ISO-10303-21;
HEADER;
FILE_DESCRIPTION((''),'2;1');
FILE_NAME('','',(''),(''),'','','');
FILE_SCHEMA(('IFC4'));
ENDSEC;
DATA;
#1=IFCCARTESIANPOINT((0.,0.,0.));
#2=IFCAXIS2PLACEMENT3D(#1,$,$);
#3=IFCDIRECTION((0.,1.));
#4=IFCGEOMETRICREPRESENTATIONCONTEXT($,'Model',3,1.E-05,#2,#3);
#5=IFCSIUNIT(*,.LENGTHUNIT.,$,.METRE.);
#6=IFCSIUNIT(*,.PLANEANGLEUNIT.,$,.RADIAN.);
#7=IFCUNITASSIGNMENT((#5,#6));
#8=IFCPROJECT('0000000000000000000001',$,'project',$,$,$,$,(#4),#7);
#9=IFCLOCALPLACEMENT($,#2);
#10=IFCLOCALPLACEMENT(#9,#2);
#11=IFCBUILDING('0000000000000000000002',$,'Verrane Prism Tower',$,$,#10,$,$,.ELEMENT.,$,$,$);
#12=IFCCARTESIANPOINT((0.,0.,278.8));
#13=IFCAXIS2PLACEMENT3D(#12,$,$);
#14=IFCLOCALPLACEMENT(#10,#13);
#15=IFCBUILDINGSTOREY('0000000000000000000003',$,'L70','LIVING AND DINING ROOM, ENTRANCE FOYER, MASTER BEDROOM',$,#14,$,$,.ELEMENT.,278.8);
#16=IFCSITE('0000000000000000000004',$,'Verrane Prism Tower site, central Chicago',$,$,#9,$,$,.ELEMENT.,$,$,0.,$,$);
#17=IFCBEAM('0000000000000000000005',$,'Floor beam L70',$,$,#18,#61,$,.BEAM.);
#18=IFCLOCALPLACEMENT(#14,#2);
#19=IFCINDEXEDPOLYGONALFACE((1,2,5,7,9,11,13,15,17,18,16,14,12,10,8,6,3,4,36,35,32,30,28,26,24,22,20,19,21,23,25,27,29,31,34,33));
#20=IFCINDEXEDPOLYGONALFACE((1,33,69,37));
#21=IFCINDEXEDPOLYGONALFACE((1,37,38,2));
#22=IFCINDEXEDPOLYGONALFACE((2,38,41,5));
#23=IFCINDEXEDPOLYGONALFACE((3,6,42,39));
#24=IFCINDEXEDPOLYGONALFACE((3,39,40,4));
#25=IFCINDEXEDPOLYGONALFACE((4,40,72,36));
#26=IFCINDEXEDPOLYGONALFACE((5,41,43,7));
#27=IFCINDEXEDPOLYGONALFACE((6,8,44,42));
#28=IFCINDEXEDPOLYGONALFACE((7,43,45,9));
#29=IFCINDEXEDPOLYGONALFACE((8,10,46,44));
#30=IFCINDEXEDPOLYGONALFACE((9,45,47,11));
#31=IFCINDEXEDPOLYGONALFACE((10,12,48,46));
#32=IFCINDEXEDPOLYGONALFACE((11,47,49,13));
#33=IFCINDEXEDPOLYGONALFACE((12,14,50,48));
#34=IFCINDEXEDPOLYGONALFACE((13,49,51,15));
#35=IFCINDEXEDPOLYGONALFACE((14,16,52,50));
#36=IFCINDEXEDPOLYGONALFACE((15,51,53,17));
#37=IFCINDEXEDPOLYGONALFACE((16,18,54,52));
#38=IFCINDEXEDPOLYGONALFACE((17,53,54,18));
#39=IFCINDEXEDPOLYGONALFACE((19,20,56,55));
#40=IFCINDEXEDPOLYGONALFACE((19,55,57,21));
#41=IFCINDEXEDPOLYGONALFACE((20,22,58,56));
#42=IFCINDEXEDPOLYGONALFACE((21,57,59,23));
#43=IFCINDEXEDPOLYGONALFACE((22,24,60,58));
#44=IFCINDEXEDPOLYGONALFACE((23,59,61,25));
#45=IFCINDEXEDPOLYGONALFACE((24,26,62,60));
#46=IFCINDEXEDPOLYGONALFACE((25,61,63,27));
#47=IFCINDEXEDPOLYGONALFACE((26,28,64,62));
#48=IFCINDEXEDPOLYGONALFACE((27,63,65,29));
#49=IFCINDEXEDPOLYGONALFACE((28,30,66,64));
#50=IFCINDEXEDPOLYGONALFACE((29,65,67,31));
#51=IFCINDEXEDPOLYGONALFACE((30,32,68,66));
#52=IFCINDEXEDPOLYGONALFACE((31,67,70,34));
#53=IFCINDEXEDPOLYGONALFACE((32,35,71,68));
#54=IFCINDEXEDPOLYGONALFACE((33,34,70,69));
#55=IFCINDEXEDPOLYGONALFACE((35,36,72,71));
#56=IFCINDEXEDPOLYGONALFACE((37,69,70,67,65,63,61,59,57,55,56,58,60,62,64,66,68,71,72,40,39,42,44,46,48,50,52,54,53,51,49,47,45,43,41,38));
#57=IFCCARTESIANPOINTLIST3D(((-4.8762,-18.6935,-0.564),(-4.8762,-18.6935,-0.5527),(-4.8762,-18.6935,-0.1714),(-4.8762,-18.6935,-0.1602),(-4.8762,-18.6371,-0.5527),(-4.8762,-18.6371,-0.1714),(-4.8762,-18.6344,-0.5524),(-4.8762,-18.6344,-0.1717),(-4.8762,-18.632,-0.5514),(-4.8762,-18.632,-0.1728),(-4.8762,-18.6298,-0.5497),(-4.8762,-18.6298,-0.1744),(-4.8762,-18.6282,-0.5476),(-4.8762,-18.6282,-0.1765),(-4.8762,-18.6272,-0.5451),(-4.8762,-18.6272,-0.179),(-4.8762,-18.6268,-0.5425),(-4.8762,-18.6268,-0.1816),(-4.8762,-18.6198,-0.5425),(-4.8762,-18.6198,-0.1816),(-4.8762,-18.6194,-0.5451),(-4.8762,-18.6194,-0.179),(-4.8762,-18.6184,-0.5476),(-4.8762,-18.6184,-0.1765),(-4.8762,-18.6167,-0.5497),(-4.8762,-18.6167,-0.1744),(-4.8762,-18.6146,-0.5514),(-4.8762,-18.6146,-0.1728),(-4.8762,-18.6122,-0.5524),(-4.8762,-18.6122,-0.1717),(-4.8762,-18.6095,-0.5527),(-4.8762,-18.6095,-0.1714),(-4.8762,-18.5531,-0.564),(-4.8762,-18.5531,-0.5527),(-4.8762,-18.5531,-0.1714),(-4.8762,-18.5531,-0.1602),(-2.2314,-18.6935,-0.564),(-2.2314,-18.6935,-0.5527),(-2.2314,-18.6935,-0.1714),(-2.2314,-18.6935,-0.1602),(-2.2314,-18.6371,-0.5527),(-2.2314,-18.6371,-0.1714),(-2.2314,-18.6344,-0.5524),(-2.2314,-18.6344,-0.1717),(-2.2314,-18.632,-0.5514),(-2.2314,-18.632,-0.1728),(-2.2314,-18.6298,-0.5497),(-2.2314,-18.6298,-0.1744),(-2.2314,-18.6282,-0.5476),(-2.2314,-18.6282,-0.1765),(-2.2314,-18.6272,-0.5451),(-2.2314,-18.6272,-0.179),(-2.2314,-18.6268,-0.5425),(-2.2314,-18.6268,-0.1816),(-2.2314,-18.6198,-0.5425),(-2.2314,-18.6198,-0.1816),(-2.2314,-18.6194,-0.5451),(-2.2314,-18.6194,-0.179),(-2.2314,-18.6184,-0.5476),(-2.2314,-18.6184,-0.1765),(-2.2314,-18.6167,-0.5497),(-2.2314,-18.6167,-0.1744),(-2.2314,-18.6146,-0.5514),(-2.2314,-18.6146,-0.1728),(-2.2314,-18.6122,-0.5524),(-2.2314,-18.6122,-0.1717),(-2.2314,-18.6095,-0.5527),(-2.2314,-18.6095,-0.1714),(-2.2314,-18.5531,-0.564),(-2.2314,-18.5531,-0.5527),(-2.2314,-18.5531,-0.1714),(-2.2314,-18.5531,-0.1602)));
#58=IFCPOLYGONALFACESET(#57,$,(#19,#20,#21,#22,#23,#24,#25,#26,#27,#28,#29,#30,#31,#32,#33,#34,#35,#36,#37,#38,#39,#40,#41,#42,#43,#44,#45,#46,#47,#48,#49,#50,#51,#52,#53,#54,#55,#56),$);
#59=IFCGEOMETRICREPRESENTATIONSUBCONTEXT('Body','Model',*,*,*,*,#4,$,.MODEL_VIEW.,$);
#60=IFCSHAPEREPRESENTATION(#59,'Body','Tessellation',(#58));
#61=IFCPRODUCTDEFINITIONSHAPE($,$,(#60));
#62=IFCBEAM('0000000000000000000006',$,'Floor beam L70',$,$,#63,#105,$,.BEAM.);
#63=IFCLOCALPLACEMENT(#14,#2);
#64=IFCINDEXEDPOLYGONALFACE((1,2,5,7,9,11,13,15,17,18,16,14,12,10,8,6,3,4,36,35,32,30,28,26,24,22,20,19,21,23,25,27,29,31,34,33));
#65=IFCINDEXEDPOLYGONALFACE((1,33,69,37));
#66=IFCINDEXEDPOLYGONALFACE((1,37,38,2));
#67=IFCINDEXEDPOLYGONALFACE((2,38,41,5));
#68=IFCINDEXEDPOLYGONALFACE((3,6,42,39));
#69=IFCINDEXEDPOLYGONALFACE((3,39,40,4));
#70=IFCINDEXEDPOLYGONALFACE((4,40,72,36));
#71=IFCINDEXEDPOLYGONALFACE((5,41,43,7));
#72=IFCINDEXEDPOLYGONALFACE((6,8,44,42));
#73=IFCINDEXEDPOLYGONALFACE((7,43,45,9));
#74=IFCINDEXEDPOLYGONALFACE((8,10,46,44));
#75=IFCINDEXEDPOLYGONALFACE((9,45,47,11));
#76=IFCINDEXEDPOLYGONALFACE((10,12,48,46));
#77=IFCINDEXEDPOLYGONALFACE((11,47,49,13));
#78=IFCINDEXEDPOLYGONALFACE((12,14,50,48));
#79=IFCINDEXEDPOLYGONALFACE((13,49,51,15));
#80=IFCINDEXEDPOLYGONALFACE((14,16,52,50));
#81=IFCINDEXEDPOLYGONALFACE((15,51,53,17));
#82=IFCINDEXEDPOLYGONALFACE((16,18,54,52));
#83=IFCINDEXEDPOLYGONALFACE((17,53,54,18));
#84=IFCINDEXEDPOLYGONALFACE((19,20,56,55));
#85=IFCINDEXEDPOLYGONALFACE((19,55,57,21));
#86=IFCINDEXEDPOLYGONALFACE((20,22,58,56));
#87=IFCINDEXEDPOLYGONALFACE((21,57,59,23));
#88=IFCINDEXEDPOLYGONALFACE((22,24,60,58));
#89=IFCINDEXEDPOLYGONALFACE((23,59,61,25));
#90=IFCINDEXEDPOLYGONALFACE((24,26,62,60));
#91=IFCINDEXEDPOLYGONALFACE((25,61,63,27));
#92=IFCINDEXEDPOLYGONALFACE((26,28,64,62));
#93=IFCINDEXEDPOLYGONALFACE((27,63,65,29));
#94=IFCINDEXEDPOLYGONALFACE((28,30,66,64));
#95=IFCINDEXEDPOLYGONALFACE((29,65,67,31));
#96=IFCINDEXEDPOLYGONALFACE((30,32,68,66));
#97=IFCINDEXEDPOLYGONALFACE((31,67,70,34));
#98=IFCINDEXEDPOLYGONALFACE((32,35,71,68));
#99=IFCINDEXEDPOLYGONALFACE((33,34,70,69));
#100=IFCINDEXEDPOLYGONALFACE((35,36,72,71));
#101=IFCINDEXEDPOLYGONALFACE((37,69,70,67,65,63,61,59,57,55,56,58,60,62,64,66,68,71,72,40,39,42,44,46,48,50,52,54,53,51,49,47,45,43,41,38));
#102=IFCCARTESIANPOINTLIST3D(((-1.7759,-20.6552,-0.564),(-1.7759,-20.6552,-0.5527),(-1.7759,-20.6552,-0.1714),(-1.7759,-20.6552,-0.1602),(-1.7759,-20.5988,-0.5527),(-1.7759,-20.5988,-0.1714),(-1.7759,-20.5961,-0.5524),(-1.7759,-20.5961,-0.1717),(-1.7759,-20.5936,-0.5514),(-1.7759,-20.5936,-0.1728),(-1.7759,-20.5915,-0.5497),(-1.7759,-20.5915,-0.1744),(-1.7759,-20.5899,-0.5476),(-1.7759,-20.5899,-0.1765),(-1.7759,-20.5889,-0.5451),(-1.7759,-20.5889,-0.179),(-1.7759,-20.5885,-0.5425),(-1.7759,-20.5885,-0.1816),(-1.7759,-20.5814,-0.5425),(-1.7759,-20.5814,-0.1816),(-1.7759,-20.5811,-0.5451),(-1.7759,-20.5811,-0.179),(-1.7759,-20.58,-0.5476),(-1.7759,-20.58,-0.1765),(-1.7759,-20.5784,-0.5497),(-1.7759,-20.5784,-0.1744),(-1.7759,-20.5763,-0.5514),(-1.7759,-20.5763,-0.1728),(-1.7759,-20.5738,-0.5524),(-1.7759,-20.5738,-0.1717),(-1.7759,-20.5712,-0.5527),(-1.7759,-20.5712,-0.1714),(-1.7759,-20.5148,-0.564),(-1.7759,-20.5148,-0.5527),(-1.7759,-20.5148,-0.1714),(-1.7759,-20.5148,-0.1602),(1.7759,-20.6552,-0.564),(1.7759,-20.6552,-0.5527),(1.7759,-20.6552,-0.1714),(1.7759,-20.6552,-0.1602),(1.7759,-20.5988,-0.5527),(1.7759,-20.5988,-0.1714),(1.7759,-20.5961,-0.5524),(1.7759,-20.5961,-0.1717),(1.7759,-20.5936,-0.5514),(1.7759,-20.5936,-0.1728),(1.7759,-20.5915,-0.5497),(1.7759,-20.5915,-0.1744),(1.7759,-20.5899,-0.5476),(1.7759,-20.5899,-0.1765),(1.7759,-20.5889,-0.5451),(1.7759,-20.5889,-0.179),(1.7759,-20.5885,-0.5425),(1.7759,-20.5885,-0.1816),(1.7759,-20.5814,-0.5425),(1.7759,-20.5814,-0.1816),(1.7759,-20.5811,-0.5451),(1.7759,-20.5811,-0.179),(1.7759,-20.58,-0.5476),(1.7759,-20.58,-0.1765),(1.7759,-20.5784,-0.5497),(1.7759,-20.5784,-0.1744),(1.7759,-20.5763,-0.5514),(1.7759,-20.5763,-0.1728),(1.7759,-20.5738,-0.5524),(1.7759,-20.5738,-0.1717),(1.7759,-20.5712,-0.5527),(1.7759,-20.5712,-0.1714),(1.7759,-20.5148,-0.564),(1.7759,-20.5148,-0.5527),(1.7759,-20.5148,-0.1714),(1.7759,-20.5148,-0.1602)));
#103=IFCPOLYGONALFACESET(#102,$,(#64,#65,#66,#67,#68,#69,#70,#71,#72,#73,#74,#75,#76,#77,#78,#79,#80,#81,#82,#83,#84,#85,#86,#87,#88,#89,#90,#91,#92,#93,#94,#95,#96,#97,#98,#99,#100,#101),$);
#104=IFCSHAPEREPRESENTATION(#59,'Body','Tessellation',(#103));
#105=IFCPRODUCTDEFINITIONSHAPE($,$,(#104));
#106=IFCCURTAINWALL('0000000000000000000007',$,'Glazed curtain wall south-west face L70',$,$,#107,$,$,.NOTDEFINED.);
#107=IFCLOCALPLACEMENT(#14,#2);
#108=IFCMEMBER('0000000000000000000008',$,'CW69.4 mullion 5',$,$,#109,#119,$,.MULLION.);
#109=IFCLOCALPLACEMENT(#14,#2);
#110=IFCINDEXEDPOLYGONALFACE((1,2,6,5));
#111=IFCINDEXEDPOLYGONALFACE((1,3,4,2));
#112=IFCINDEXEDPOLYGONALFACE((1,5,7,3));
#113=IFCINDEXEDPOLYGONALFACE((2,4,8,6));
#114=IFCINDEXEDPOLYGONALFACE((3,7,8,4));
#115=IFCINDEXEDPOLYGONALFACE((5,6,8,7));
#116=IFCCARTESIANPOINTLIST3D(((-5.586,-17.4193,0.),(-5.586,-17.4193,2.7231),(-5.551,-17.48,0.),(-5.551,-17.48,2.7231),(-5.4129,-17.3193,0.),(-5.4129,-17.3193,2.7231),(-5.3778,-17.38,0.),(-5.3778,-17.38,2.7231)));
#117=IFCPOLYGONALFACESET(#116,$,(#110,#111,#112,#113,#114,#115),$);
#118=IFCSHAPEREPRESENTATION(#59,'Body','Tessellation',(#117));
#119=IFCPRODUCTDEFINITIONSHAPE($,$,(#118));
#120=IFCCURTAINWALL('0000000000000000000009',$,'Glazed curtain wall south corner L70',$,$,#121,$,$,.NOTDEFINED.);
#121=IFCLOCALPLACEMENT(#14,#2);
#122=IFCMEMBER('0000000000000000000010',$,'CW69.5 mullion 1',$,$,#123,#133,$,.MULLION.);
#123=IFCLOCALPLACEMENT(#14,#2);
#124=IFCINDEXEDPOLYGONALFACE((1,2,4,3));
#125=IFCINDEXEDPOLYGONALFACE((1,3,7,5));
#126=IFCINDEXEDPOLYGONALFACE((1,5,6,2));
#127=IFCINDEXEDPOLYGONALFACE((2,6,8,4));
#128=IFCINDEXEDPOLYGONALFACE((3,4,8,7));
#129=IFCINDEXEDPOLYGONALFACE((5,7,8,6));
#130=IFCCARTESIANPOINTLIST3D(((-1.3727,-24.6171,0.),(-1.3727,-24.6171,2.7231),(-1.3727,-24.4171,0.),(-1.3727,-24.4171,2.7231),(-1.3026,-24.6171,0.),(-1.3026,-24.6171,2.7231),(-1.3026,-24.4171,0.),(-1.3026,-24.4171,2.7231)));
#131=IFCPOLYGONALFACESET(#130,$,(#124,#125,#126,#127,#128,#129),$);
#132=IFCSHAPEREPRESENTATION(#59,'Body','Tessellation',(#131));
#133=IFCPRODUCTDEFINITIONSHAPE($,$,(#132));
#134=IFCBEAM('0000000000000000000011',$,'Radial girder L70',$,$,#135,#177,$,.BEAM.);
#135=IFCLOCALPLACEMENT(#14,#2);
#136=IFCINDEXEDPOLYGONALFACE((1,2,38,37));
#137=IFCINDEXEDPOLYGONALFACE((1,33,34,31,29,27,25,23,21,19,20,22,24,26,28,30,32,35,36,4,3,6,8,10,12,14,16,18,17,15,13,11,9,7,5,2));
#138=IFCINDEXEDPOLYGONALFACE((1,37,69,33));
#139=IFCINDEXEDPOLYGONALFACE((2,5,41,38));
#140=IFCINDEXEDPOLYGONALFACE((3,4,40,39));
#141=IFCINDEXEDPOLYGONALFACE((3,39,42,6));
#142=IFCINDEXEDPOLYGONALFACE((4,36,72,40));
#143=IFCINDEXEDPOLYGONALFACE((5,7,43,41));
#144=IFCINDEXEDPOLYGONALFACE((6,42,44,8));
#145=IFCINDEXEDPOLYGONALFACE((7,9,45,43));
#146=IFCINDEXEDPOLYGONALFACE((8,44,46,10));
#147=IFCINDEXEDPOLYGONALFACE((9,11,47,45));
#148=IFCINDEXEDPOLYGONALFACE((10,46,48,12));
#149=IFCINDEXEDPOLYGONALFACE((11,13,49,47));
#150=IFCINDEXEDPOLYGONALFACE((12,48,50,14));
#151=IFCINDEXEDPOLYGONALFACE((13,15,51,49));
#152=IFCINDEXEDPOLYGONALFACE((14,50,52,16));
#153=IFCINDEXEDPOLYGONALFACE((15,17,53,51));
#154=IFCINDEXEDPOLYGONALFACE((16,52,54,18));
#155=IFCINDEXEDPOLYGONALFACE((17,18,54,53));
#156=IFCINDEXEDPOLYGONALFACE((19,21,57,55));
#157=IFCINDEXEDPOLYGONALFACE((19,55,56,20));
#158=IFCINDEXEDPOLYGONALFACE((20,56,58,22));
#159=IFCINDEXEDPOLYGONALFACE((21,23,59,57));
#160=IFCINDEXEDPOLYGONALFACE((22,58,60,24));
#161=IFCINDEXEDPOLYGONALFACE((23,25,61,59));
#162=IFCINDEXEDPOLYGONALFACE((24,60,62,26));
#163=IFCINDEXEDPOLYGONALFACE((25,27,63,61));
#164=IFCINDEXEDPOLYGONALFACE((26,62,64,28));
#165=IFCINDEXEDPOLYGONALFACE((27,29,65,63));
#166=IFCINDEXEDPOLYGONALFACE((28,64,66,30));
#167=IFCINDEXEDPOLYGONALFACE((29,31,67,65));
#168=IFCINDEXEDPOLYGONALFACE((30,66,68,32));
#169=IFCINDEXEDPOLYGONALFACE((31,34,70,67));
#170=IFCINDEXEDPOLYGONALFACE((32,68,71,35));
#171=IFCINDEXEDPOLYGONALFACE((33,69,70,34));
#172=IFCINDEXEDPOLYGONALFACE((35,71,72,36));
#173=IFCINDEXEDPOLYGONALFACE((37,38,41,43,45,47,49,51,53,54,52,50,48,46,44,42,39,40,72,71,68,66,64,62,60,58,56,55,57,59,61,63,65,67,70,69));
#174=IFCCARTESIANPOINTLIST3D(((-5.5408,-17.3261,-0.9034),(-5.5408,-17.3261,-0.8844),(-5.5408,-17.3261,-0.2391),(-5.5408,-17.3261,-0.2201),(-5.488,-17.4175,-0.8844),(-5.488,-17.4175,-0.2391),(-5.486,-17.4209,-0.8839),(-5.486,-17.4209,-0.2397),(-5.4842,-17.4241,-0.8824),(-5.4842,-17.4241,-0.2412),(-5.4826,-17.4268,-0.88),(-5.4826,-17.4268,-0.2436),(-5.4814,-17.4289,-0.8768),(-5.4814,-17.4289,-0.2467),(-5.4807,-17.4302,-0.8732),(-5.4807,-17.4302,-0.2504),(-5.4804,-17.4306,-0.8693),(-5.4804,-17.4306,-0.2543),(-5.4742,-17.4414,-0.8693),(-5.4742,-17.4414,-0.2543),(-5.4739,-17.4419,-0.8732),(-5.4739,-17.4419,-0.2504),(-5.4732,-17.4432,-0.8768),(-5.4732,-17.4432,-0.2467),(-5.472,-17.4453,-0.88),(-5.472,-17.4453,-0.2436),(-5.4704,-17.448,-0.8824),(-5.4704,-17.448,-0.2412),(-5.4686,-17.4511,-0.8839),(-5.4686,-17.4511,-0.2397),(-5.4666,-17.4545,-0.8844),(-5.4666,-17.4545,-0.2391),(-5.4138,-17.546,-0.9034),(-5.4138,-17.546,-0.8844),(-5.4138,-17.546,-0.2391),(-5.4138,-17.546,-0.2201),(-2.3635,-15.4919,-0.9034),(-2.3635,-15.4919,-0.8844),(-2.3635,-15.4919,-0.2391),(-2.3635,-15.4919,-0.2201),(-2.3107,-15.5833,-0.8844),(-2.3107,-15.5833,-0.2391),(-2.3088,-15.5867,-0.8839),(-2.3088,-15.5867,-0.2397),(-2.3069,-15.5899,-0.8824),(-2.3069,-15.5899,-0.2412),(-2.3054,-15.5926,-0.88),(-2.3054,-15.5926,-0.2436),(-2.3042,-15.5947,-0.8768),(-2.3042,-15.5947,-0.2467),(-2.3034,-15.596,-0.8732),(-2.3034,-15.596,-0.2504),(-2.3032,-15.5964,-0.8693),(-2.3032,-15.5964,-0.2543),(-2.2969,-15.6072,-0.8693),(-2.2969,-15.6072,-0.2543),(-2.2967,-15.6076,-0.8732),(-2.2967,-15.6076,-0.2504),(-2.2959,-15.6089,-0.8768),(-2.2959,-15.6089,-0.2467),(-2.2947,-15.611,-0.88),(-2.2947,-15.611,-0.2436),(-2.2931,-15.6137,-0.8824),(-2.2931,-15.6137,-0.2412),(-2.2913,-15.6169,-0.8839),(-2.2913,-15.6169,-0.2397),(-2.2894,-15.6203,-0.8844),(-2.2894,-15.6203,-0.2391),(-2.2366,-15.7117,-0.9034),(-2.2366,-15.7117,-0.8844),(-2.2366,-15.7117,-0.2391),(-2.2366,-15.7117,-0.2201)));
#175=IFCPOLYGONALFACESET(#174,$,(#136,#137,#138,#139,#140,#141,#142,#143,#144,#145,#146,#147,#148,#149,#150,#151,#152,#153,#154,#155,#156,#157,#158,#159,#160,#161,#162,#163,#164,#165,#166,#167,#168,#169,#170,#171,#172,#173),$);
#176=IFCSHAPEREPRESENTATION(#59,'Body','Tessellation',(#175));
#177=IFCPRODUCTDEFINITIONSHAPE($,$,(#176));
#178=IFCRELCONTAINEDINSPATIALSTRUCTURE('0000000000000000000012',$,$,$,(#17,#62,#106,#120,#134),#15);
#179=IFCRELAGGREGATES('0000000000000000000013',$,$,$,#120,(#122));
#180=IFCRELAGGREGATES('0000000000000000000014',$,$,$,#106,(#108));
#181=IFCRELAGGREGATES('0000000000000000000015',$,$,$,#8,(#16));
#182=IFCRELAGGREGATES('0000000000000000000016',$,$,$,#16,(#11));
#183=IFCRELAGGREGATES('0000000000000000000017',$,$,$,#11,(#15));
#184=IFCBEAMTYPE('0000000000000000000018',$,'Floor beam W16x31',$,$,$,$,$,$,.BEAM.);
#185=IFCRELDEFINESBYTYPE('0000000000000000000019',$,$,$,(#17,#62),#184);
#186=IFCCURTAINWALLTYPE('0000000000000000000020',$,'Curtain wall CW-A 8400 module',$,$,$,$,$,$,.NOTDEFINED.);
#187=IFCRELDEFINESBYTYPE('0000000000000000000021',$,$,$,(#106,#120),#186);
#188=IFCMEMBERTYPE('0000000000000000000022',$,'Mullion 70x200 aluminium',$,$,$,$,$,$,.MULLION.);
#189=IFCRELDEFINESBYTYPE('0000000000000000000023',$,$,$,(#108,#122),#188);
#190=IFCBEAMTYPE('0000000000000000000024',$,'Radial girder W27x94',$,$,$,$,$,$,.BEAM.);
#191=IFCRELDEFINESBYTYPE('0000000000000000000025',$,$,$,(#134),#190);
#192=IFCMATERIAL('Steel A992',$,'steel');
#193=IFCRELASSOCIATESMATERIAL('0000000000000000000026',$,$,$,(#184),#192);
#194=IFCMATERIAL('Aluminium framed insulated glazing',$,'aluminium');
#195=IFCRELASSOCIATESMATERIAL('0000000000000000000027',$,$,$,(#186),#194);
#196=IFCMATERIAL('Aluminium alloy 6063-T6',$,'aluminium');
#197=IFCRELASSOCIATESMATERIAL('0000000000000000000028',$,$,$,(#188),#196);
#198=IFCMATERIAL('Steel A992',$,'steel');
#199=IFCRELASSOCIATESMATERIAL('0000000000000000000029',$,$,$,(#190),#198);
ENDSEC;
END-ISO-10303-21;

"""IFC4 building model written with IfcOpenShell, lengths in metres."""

from ifc_helpers import new_model, si_unit, direction, frame, origin, origin_2d, place, context, subcontext, project, spatial, rectangle, i_section, extrude, material, material_profile, profile_set, type_object, element, aggregate, save


model = new_model("IFC4")

# Units and contexts
model_context = context("Model", 3, precision=1e-05, world=origin(), true_north=direction((0.0, 1.0)))
body_context = subcontext(model_context, "Body", "Model", "MODEL_VIEW")
ifc_project = project(units=[si_unit("LENGTHUNIT", "METRE"), si_unit("PLANEANGLEUNIT", "RADIAN")], contexts=[model_context])

# Site, building, storey
site_placement = place(None, origin())
site = spatial("IfcSite", under=ifc_project, at=site_placement, Name="Verrane Prism Tower site, central Chicago", CompositionType="ELEMENT", RefElevation=0.0)
building_placement = place(site_placement, origin())
building = spatial("IfcBuilding", under=site, at=building_placement, Name="Verrane Prism Tower", CompositionType="ELEMENT")
storey_placement = place(building_placement, frame((0.0, 0.0, 278.8)))
storey = spatial("IfcBuildingStorey", under=building, at=storey_placement, Name="L70", Description="LIVING AND DINING ROOM, ENTRANCE FOYER, MASTER BEDROOM", CompositionType="ELEMENT", Elevation=278.8)

# Beams
ifc_material_1 = material(Name="Steel A992", Category="steel")
ifc_material_profile_1 = material_profile(ifc_material_1, i_section(OverallWidth=0.1404, OverallDepth=0.4038, WebThickness=0.0071, FlangeThickness=0.0112, FilletRadius=0.0103, at=origin_2d()), Name="W16x31")
ifc_profile_set_1 = profile_set([ifc_material_profile_1], Name="Steel A992")
beam_type_1 = type_object("IfcBeamType", Name="Floor beam W16x31", PredefinedType="BEAM", material=ifc_profile_set_1)
beam_1_placement = place(storey_placement, frame((-4.8762, -18.6233, -0.3621), z_axis=(1.0, 0.0, 0.0), x_axis=(0.0, 1.0, 0.0)))
element("IfcBeam", 1, at=beam_1_placement, inside=storey, type_object=beam_type_1, Name="Floor beam L70", PredefinedType="BEAM", context=body_context, shape_type="SweptSolid", body=[
    extrude(i_section(OverallWidth=0.1404, OverallDepth=0.4038, WebThickness=0.0071, FlangeThickness=0.0112, FilletRadius=0.0103, at=origin_2d()), origin(), (0.0, 0.0, 1.0), 2.6448),
])
beam_2_placement = place(storey_placement, frame((-1.7759, -20.585, -0.3621), z_axis=(1.0, 0.0, 0.0), x_axis=(0.0, 1.0, 0.0)))
element("IfcBeam", 2, at=beam_2_placement, inside=storey, type_object=beam_type_1, Name="Floor beam L70", PredefinedType="BEAM", context=body_context, shape_type="SweptSolid", body=[
    extrude(i_section(OverallWidth=0.1404, OverallDepth=0.4038, WebThickness=0.0071, FlangeThickness=0.0112, FilletRadius=0.0103, at=origin_2d()), origin(), (0.0, 0.0, 1.0), 3.5518),
])

# Curtain walls, members
ifc_material_2 = material(Name="Aluminium framed insulated glazing", Category="aluminium")
curtain_wall_type = type_object("IfcCurtainWallType", Name="Curtain wall CW-A 8400 module", PredefinedType="NOTDEFINED", material=ifc_material_2)
curtain_wall_1_placement = place(storey_placement, origin())
curtain_wall_1 = element("IfcCurtainWall", 3, at=curtain_wall_1_placement, inside=storey, type_object=curtain_wall_type, Name="Glazed curtain wall south-west face L70", PredefinedType="NOTDEFINED")
ifc_material_3 = material(Name="Aluminium alloy 6063-T6", Category="aluminium")
ifc_material_profile_2 = material_profile(ifc_material_3, rectangle(XDim=0.2, YDim=0.0701, at=origin_2d()), Name="Mullion 70x200 aluminium")
ifc_profile_set_2 = profile_set([ifc_material_profile_2], Name="Aluminium alloy 6063-T6")
member_type_1 = type_object("IfcMemberType", Name="Mullion 70x200 aluminium", PredefinedType="MULLION", material=ifc_profile_set_2)
member_1_placement = place(storey_placement, frame((-5.4819, -17.3997, 0.0), z_axis=(0.0, 0.0, 1.0), x_axis=(0.866025, 0.500001, 0.0)))
member_1 = element("IfcMember", 4, at=member_1_placement, type_object=member_type_1, Name="CW69.4 mullion 5", PredefinedType="MULLION", context=body_context, shape_type="SweptSolid", body=[
    extrude(rectangle(XDim=0.2, YDim=0.0701, at=origin_2d()), origin(), (0.0, 0.0, 1.0), 2.7231),
])
curtain_wall_2_placement = place(storey_placement, origin())
curtain_wall_2 = element("IfcCurtainWall", 5, at=curtain_wall_2_placement, inside=storey, type_object=curtain_wall_type, Name="Glazed curtain wall south corner L70", PredefinedType="NOTDEFINED")
member_2_placement = place(storey_placement, frame((-1.3376, -24.5171, 0.0), z_axis=(0.0, 0.0, 1.0), x_axis=(0.0, 1.0, 0.0)))
member_2 = element("IfcMember", 6, at=member_2_placement, type_object=member_type_1, Name="CW69.5 mullion 1", PredefinedType="MULLION", context=body_context, shape_type="SweptSolid", body=[
    extrude(rectangle(XDim=0.2, YDim=0.0701, at=origin_2d()), origin(), (0.0, 0.0, 1.0), 2.7231),
])

# Beam
ifc_material_4 = material(Name="Steel A992", Category="steel")
ifc_material_profile_3 = material_profile(ifc_material_4, i_section(OverallWidth=0.2539, OverallDepth=0.6833, WebThickness=0.0125, FlangeThickness=0.019, FilletRadius=0.0151, at=origin_2d()), Name="W27x94")
ifc_profile_set_3 = profile_set([ifc_material_profile_3], Name="Steel A992")
beam_type_2 = type_object("IfcBeamType", Name="Radial girder W27x94", PredefinedType="BEAM", material=ifc_profile_set_3)
beam_3_placement = place(storey_placement, frame((-5.4773, -17.436, -0.5618), z_axis=(0.866044, 0.499968, 0.0), x_axis=(-0.499968, 0.866044, 0.0)))
element("IfcBeam", 7, at=beam_3_placement, inside=storey, type_object=beam_type_2, Name="Radial girder L70", PredefinedType="BEAM", context=body_context, shape_type="SweptSolid", body=[
    extrude(i_section(OverallWidth=0.2539, OverallDepth=0.6833, WebThickness=0.0125, FlangeThickness=0.019, FilletRadius=0.0151, at=origin_2d()), origin(), (0.0, 0.0, 1.0), 3.6687),
])

aggregate(curtain_wall_2, [member_2])

aggregate(curtain_wall_1, [member_1])

save(model, "model.ifc")
